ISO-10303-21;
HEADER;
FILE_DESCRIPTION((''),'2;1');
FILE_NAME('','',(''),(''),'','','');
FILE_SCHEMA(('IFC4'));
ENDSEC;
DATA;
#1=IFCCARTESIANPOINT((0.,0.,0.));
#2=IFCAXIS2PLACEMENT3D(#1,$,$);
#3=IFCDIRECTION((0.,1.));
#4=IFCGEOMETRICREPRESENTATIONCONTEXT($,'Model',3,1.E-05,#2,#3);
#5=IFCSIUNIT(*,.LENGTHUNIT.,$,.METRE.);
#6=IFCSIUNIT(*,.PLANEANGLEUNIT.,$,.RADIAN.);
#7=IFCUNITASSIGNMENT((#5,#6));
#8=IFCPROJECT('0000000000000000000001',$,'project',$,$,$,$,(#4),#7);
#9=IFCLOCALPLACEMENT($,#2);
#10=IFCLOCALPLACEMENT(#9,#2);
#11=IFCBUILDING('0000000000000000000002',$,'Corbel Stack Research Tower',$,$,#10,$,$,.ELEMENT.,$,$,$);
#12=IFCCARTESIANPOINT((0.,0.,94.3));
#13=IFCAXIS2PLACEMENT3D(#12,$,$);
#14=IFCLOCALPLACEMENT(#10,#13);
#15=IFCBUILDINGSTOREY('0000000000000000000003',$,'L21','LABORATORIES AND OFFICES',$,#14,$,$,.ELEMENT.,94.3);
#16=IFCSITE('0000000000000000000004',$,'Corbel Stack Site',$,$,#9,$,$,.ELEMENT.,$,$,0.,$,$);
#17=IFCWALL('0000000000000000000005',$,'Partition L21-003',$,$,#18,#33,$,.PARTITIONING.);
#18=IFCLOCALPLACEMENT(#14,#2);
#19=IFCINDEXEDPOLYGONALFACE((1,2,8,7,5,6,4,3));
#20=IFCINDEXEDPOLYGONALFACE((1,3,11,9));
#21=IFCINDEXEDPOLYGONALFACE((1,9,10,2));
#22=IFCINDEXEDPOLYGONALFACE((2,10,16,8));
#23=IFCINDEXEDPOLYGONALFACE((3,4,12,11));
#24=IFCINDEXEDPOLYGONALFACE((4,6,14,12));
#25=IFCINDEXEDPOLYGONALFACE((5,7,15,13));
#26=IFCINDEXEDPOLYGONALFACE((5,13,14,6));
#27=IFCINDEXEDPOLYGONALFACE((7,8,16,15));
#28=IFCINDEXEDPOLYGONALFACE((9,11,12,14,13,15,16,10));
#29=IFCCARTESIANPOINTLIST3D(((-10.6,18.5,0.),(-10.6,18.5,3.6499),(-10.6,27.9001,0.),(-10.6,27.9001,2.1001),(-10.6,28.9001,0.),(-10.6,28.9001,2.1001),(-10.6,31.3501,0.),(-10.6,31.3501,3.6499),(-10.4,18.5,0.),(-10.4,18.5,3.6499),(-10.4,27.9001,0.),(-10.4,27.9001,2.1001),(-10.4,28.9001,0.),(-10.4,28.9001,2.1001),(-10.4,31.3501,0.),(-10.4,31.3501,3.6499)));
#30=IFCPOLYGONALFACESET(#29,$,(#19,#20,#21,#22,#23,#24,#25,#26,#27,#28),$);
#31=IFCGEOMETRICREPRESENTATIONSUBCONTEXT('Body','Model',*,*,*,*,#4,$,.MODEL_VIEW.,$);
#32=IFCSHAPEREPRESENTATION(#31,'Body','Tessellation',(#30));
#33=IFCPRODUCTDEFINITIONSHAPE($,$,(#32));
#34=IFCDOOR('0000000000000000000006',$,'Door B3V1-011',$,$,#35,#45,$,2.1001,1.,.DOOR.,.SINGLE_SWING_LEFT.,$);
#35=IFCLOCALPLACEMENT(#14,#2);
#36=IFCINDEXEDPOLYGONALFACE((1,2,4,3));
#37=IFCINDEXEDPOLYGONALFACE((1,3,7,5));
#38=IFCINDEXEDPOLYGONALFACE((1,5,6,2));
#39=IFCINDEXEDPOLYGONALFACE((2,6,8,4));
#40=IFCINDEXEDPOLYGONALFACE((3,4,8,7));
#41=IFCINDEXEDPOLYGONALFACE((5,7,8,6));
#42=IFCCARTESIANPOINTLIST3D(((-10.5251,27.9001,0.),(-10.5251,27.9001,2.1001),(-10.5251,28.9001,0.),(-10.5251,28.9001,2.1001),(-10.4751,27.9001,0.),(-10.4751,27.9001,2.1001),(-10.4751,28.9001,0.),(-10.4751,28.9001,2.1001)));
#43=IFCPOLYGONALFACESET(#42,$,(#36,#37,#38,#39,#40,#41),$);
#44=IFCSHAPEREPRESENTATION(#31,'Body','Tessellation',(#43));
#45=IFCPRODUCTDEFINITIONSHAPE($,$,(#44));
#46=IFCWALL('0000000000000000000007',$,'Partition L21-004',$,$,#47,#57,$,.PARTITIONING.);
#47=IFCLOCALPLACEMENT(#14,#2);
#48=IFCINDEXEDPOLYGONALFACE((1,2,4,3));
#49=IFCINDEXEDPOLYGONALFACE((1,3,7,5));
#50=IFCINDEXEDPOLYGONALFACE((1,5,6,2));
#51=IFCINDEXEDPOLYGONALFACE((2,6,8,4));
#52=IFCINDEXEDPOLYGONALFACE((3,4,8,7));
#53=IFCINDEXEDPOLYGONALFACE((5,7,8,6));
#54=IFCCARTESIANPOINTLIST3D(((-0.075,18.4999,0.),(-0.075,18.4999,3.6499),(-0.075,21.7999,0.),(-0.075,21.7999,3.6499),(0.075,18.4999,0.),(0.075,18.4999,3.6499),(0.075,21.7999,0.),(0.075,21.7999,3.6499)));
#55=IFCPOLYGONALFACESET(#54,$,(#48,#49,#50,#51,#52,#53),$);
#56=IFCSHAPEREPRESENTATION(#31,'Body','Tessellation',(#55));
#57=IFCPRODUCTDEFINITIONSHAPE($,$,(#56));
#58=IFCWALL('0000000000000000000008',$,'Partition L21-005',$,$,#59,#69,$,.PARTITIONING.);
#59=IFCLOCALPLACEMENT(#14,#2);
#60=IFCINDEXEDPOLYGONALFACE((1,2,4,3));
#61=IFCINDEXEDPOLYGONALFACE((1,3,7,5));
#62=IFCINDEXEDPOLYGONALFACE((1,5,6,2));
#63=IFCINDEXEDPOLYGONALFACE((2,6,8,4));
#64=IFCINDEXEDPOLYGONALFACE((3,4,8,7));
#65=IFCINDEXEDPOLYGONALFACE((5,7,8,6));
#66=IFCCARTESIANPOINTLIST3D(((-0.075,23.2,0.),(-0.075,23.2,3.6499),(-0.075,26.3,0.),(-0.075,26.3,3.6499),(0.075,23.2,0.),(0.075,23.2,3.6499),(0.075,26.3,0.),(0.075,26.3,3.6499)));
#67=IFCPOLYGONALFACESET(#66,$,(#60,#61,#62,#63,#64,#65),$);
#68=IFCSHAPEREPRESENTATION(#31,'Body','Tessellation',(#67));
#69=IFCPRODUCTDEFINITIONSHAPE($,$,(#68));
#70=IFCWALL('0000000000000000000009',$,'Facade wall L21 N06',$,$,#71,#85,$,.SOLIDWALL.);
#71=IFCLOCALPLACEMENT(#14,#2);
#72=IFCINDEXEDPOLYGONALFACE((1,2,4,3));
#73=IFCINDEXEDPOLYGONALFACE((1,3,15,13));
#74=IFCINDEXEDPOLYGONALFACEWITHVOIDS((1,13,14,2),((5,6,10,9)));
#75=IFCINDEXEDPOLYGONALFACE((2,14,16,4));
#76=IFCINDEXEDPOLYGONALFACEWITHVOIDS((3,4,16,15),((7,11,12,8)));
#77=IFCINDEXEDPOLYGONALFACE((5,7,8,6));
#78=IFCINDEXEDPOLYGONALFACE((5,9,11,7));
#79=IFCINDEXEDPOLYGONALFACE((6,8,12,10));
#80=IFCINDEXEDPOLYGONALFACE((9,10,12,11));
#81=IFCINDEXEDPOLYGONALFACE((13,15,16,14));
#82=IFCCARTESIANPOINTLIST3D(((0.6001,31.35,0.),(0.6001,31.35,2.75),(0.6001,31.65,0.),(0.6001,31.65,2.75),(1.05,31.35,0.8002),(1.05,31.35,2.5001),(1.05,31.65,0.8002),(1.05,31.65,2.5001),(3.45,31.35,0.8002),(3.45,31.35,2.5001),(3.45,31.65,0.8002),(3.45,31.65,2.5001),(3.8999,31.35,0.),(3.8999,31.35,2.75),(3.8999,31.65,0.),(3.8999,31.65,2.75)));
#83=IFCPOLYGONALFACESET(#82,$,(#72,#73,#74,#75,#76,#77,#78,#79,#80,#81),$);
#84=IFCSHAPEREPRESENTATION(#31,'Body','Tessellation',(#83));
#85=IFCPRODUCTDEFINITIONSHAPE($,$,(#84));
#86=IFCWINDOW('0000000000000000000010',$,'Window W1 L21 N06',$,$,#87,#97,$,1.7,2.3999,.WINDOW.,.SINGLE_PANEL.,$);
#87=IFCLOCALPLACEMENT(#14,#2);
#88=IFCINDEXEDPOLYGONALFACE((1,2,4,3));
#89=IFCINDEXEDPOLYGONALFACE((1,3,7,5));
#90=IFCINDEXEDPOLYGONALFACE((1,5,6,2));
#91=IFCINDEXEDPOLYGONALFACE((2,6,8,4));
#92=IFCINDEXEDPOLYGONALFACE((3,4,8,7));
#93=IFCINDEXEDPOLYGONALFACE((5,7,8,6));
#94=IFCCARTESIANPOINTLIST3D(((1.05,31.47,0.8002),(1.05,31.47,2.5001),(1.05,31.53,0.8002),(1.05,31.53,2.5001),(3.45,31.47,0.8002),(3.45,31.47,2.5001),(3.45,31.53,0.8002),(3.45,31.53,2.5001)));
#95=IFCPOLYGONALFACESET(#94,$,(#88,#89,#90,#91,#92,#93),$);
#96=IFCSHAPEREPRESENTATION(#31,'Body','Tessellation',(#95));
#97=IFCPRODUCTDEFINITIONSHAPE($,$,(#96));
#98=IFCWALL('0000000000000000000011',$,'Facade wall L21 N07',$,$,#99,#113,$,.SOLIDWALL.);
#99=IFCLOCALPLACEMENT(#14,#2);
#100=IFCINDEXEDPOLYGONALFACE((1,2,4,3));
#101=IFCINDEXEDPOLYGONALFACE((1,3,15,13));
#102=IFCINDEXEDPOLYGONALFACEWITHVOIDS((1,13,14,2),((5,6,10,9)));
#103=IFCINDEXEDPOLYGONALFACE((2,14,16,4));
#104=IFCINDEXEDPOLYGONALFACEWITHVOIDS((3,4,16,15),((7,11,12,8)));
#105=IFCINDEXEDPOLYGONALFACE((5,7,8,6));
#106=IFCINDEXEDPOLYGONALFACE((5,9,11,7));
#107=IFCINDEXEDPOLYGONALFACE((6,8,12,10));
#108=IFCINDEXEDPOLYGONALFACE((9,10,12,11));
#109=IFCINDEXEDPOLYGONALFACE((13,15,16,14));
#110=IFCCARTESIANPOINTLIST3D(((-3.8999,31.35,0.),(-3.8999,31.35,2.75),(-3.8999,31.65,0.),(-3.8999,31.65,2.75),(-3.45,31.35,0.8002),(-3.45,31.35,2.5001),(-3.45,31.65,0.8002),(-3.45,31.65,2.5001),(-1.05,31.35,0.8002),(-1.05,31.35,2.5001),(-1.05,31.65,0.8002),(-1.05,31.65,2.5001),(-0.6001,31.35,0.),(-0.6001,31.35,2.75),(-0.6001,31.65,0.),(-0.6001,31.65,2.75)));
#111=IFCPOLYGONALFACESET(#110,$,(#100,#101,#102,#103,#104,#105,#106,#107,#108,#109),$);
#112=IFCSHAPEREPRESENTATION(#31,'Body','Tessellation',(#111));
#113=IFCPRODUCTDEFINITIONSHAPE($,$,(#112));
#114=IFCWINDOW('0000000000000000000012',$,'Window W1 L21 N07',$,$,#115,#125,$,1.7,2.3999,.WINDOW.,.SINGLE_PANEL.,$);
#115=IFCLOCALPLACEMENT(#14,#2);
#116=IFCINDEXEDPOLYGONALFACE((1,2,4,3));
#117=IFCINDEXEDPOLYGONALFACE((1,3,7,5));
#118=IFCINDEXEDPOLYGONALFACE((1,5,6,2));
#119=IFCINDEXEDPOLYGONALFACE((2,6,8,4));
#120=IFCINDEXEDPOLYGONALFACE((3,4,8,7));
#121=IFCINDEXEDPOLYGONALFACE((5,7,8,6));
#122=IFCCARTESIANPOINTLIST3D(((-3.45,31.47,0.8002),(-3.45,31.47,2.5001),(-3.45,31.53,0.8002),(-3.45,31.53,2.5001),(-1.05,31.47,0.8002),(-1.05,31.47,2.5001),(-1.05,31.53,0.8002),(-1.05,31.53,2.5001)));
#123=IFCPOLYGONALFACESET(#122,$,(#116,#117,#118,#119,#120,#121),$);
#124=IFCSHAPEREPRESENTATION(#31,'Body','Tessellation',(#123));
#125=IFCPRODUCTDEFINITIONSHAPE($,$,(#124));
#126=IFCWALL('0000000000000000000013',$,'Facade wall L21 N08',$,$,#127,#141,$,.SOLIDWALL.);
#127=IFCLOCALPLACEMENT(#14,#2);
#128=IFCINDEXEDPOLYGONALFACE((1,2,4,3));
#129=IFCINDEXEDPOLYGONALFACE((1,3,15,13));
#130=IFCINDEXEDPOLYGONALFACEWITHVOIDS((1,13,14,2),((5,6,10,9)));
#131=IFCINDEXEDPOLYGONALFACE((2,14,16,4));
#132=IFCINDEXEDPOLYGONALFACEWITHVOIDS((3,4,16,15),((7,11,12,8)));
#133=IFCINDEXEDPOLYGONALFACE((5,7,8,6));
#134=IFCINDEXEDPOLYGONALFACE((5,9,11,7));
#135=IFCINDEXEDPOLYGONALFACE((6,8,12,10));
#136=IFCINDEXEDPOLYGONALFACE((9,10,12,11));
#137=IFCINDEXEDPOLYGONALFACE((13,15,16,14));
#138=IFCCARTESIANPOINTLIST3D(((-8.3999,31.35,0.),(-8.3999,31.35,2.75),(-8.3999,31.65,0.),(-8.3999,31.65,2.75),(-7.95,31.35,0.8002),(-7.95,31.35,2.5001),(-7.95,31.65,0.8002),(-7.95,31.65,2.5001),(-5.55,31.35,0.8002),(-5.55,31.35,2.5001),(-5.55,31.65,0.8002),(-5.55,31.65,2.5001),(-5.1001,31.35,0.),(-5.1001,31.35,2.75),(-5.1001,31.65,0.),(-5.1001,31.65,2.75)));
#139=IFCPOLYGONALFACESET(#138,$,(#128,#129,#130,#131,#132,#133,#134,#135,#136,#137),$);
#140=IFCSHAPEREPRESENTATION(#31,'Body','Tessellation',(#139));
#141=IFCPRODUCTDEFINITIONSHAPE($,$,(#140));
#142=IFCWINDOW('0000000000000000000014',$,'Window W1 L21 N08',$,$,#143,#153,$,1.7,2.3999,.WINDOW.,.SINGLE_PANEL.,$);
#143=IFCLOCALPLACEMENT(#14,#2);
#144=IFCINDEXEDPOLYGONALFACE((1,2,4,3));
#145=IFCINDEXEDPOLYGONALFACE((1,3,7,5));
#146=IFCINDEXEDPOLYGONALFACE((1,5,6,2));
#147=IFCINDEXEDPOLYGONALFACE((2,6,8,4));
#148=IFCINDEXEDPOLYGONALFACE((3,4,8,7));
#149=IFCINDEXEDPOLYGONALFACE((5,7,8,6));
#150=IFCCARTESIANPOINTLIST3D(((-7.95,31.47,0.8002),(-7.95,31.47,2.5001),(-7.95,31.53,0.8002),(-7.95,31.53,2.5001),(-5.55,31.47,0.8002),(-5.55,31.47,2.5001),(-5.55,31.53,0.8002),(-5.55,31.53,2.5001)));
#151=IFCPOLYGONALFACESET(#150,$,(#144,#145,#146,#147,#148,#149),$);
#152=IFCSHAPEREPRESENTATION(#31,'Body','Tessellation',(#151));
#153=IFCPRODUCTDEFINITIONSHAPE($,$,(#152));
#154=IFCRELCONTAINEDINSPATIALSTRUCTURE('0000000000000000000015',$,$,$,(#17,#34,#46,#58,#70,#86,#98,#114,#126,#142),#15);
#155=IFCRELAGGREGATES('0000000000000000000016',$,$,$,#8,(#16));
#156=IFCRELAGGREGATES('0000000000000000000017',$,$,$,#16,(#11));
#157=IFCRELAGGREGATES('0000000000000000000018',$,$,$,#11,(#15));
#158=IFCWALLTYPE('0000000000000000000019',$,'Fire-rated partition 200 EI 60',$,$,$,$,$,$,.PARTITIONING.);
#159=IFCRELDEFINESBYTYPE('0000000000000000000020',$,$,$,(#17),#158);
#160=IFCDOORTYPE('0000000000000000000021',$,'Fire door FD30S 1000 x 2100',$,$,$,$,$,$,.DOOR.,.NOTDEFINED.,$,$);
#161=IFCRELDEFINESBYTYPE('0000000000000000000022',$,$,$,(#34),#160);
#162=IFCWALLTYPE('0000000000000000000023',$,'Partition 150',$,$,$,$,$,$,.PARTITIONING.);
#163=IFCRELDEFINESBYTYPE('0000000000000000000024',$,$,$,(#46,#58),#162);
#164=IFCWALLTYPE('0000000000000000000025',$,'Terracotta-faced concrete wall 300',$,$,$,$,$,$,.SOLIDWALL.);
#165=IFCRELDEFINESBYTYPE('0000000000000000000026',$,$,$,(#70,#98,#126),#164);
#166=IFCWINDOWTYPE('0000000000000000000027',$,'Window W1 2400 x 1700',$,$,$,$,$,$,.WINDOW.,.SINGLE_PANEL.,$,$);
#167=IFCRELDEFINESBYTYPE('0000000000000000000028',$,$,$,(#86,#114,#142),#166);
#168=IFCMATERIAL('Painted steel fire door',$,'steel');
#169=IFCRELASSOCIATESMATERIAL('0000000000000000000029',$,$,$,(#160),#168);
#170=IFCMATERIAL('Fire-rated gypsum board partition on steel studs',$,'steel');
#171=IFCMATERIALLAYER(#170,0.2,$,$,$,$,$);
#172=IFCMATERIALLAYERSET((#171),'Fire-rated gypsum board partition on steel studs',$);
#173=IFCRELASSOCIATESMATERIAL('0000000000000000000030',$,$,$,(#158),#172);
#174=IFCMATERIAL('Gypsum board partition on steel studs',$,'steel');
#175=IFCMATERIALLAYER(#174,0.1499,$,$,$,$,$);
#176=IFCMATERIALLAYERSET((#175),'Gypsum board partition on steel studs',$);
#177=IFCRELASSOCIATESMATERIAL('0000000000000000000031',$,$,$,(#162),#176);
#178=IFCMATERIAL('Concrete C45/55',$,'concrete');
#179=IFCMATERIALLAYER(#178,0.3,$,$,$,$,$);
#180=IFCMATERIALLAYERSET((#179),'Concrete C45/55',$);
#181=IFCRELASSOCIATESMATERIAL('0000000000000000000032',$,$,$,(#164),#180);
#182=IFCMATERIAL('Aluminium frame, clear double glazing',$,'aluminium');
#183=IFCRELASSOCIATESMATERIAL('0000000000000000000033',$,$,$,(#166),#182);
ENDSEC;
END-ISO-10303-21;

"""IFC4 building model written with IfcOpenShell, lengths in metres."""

from ifc_helpers import new_model, si_unit, direction, frame, frame_2d, origin, place, context, subcontext, project, spatial, rectangle, extrude, material, layer, layer_set, type_object, element, fill, save


model = new_model("IFC4")

# Units and contexts
model_context = context("Model", 3, precision=1e-05, world=origin(), true_north=direction((0.0, 1.0)))
body_context = subcontext(model_context, "Body", "Model", "MODEL_VIEW")
ifc_project = project(units=[si_unit("LENGTHUNIT", "METRE"), si_unit("PLANEANGLEUNIT", "RADIAN")], contexts=[model_context])

# Site, building, storey
site_placement = place(None, origin())
site = spatial("IfcSite", under=ifc_project, at=site_placement, Name="Corbel Stack Site", CompositionType="ELEMENT", RefElevation=0.0)
building_placement = place(site_placement, origin())
building = spatial("IfcBuilding", under=site, at=building_placement, Name="Corbel Stack Research Tower", CompositionType="ELEMENT")
storey_placement = place(building_placement, frame((0.0, 0.0, 94.3)))
storey = spatial("IfcBuildingStorey", under=building, at=storey_placement, Name="L21", Description="LABORATORIES AND OFFICES", CompositionType="ELEMENT", Elevation=94.3)

# Wall, opening, door
ifc_material_1 = material(Name="Painted steel fire door", Category="steel")
door_type_1 = type_object("IfcDoorType", Name="Fire door FD30S 1000 x 2100", OperationType="NOTDEFINED", PredefinedType="DOOR", material=ifc_material_1)
ifc_material_2 = material(Name="Fire-rated gypsum board partition on steel studs", Category="steel")
ifc_layer_1 = layer(ifc_material_2, 0.2)
ifc_layer_set_1 = layer_set([ifc_layer_1], Name="Fire-rated gypsum board partition on steel studs")
wall_type_1 = type_object("IfcWallType", Name="Fire-rated partition 200 EI 60", PredefinedType="PARTITIONING", material=ifc_layer_set_1)
wall_1_placement = place(storey_placement, frame((-10.5, 31.3501, 0.0), z_axis=(0.0, 0.0, 1.0), x_axis=(0.0, -1.0, 0.0)))
wall_1 = element("IfcWall", 1, at=wall_1_placement, inside=storey, type_object=wall_type_1, Name="Partition L21-003", PredefinedType="PARTITIONING", context=body_context, shape_type="SweptSolid", body=[
    extrude(rectangle(XDim=12.8501, YDim=0.2, at=frame_2d((6.425, 0.0))), origin(), (0.0, 0.0, 1.0), 3.6499),
])
opening_1_placement = place(wall_1_placement, frame((2.45, 0.0, 0.0)))
opening_1 = element("IfcOpeningElement", 2, at=opening_1_placement, cuts=wall_1, PredefinedType="OPENING", context=body_context, shape_type="SweptSolid", body=[
    extrude(rectangle(XDim=1.0, YDim=2.1001, at=frame_2d((0.5, 1.05))), frame((0.0, 0.1099, 0.0), z_axis=(0.0, -1.0, 0.0), x_axis=(1.0, 0.0, 0.0)), (0.0, 0.0, 1.0), 0.22),
])
door_1_placement = place(opening_1_placement, origin())
door_1 = element("IfcDoor", 3, at=door_1_placement, inside=storey, type_object=door_type_1, Name="Door B3V1-011", OperationType="SINGLE_SWING_LEFT", OverallHeight=2.1001, OverallWidth=1.0, PredefinedType="DOOR", context=body_context, shape_type="SweptSolid", body=[
    extrude(rectangle(XDim=1.0, YDim=2.1001, at=frame_2d((0.5, 1.05))), frame((0.0, 0.0249, 0.0), z_axis=(0.0, -1.0, 0.0), x_axis=(1.0, 0.0, 0.0)), (0.0, 0.0, 1.0), 0.05),
])
fill(opening_1, door_1)

# Walls
ifc_material_3 = material(Name="Gypsum board partition on steel studs", Category="steel")
ifc_layer_2 = layer(ifc_material_3, 0.1499)
ifc_layer_set_2 = layer_set([ifc_layer_2], Name="Gypsum board partition on steel studs")
wall_type_2 = type_object("IfcWallType", Name="Partition 150", PredefinedType="PARTITIONING", material=ifc_layer_set_2)
wall_2_placement = place(storey_placement, frame((0.0, 18.5, 0.0), z_axis=(0.0, 0.0, 1.0), x_axis=(0.0, 1.0, 0.0)))
element("IfcWall", 4, at=wall_2_placement, inside=storey, type_object=wall_type_2, Name="Partition L21-004", PredefinedType="PARTITIONING", context=body_context, shape_type="SweptSolid", body=[
    extrude(rectangle(XDim=3.3, YDim=0.1499, at=frame_2d((1.6499, 0.0))), origin(), (0.0, 0.0, 1.0), 3.6499),
])
wall_3_placement = place(storey_placement, frame((0.0, 23.2, 0.0), z_axis=(0.0, 0.0, 1.0), x_axis=(0.0, 1.0, 0.0)))
element("IfcWall", 5, at=wall_3_placement, inside=storey, type_object=wall_type_2, Name="Partition L21-005", PredefinedType="PARTITIONING", context=body_context, shape_type="SweptSolid", body=[
    extrude(rectangle(XDim=3.1001, YDim=0.1499, at=frame_2d((1.55, 0.0))), origin(), (0.0, 0.0, 1.0), 3.6499),
])

# Walls, openings, windows
ifc_material_4 = material(Name="Concrete C45/55", Category="concrete")
ifc_layer_3 = layer(ifc_material_4, 0.3)
ifc_layer_set_3 = layer_set([ifc_layer_3], Name="Concrete C45/55")
wall_type_3 = type_object("IfcWallType", Name="Terracotta-faced concrete wall 300", PredefinedType="SOLIDWALL", material=ifc_layer_set_3)
wall_4_placement = place(storey_placement, frame((0.6001, 31.5, 0.0), z_axis=(0.0, 0.0, 1.0), x_axis=(1.0, 0.0, 0.0)))
wall_4 = element("IfcWall", 6, at=wall_4_placement, inside=storey, type_object=wall_type_3, Name="Facade wall L21 N06", PredefinedType="SOLIDWALL", context=body_context, shape_type="SweptSolid", body=[
    extrude(rectangle(XDim=3.2998, YDim=0.3, at=frame_2d((1.6499, 0.0))), origin(), (0.0, 0.0, 1.0), 2.75),
])
opening_2_placement = place(wall_4_placement, frame((0.45, 0.0, 0.8)))
opening_2 = element("IfcOpeningElement", 7, at=opening_2_placement, cuts=wall_4, PredefinedType="OPENING", context=body_context, shape_type="SweptSolid", body=[
    extrude(rectangle(XDim=2.3999, YDim=1.7, at=frame_2d((1.2, 0.8501))), frame((0.0, 0.1599, 0.0), z_axis=(0.0, -1.0, 0.0), x_axis=(1.0, 0.0, 0.0)), (0.0, 0.0, 1.0), 0.3201),
])
ifc_material_5 = material(Name="Aluminium frame, clear double glazing", Category="aluminium")
window_type = type_object("IfcWindowType", Name="Window W1 2400 x 1700", PartitioningType="SINGLE_PANEL", PredefinedType="WINDOW", material=ifc_material_5)
window_1_placement = place(opening_2_placement, origin())
window_1 = element("IfcWindow", 8, at=window_1_placement, inside=storey, type_object=window_type, Name="Window W1 L21 N06", OverallHeight=1.7, OverallWidth=2.3999, PartitioningType="SINGLE_PANEL", PredefinedType="WINDOW", context=body_context, shape_type="SweptSolid", body=[
    extrude(rectangle(XDim=2.3999, YDim=1.7, at=frame_2d((1.2, 0.8501))), frame((0.0, 0.03, 0.0), z_axis=(0.0, -1.0, 0.0), x_axis=(1.0, 0.0, 0.0)), (0.0, 0.0, 1.0), 0.0601),
])
fill(opening_2, window_1)
wall_5_placement = place(storey_placement, frame((-3.8999, 31.5, 0.0), z_axis=(0.0, 0.0, 1.0), x_axis=(1.0, 0.0, 0.0)))
wall_5 = element("IfcWall", 9, at=wall_5_placement, inside=storey, type_object=wall_type_3, Name="Facade wall L21 N07", PredefinedType="SOLIDWALL", context=body_context, shape_type="SweptSolid", body=[
    extrude(rectangle(XDim=3.2998, YDim=0.3, at=frame_2d((1.6499, 0.0))), origin(), (0.0, 0.0, 1.0), 2.75),
])
opening_3_placement = place(wall_5_placement, frame((0.45, 0.0, 0.8)))
opening_3 = element("IfcOpeningElement", 10, at=opening_3_placement, cuts=wall_5, PredefinedType="OPENING", context=body_context, shape_type="SweptSolid", body=[
    extrude(rectangle(XDim=2.3999, YDim=1.7, at=frame_2d((1.2, 0.8501))), frame((0.0, 0.1599, 0.0), z_axis=(0.0, -1.0, 0.0), x_axis=(1.0, 0.0, 0.0)), (0.0, 0.0, 1.0), 0.3201),
])
window_2_placement = place(opening_3_placement, origin())
window_2 = element("IfcWindow", 11, at=window_2_placement, inside=storey, type_object=window_type, Name="Window W1 L21 N07", OverallHeight=1.7, OverallWidth=2.3999, PartitioningType="SINGLE_PANEL", PredefinedType="WINDOW", context=body_context, shape_type="SweptSolid", body=[
    extrude(rectangle(XDim=2.3999, YDim=1.7, at=frame_2d((1.2, 0.8501))), frame((0.0, 0.03, 0.0), z_axis=(0.0, -1.0, 0.0), x_axis=(1.0, 0.0, 0.0)), (0.0, 0.0, 1.0), 0.0601),
])
fill(opening_3, window_2)
wall_6_placement = place(storey_placement, frame((-8.3999, 31.5, 0.0), z_axis=(0.0, 0.0, 1.0), x_axis=(1.0, 0.0, 0.0)))
wall_6 = element("IfcWall", 12, at=wall_6_placement, inside=storey, type_object=wall_type_3, Name="Facade wall L21 N08", PredefinedType="SOLIDWALL", context=body_context, shape_type="SweptSolid", body=[
    extrude(rectangle(XDim=3.2998, YDim=0.3, at=frame_2d((1.6499, 0.0))), origin(), (0.0, 0.0, 1.0), 2.75),
])
opening_4_placement = place(wall_6_placement, frame((0.45, 0.0, 0.8)))
opening_4 = element("IfcOpeningElement", 13, at=opening_4_placement, cuts=wall_6, PredefinedType="OPENING", context=body_context, shape_type="SweptSolid", body=[
    extrude(rectangle(XDim=2.3999, YDim=1.7, at=frame_2d((1.2, 0.8501))), frame((0.0, 0.1599, 0.0), z_axis=(0.0, -1.0, 0.0), x_axis=(1.0, 0.0, 0.0)), (0.0, 0.0, 1.0), 0.3201),
])
window_3_placement = place(opening_4_placement, origin())
window_3 = element("IfcWindow", 14, at=window_3_placement, inside=storey, type_object=window_type, Name="Window W1 L21 N08", OverallHeight=1.7, OverallWidth=2.3999, PartitioningType="SINGLE_PANEL", PredefinedType="WINDOW", context=body_context, shape_type="SweptSolid", body=[
    extrude(rectangle(XDim=2.3999, YDim=1.7, at=frame_2d((1.2, 0.8501))), frame((0.0, 0.03, 0.0), z_axis=(0.0, -1.0, 0.0), x_axis=(1.0, 0.0, 0.0)), (0.0, 0.0, 1.0), 0.0601),
])
fill(opening_4, window_3)

save(model, "model.ifc")
